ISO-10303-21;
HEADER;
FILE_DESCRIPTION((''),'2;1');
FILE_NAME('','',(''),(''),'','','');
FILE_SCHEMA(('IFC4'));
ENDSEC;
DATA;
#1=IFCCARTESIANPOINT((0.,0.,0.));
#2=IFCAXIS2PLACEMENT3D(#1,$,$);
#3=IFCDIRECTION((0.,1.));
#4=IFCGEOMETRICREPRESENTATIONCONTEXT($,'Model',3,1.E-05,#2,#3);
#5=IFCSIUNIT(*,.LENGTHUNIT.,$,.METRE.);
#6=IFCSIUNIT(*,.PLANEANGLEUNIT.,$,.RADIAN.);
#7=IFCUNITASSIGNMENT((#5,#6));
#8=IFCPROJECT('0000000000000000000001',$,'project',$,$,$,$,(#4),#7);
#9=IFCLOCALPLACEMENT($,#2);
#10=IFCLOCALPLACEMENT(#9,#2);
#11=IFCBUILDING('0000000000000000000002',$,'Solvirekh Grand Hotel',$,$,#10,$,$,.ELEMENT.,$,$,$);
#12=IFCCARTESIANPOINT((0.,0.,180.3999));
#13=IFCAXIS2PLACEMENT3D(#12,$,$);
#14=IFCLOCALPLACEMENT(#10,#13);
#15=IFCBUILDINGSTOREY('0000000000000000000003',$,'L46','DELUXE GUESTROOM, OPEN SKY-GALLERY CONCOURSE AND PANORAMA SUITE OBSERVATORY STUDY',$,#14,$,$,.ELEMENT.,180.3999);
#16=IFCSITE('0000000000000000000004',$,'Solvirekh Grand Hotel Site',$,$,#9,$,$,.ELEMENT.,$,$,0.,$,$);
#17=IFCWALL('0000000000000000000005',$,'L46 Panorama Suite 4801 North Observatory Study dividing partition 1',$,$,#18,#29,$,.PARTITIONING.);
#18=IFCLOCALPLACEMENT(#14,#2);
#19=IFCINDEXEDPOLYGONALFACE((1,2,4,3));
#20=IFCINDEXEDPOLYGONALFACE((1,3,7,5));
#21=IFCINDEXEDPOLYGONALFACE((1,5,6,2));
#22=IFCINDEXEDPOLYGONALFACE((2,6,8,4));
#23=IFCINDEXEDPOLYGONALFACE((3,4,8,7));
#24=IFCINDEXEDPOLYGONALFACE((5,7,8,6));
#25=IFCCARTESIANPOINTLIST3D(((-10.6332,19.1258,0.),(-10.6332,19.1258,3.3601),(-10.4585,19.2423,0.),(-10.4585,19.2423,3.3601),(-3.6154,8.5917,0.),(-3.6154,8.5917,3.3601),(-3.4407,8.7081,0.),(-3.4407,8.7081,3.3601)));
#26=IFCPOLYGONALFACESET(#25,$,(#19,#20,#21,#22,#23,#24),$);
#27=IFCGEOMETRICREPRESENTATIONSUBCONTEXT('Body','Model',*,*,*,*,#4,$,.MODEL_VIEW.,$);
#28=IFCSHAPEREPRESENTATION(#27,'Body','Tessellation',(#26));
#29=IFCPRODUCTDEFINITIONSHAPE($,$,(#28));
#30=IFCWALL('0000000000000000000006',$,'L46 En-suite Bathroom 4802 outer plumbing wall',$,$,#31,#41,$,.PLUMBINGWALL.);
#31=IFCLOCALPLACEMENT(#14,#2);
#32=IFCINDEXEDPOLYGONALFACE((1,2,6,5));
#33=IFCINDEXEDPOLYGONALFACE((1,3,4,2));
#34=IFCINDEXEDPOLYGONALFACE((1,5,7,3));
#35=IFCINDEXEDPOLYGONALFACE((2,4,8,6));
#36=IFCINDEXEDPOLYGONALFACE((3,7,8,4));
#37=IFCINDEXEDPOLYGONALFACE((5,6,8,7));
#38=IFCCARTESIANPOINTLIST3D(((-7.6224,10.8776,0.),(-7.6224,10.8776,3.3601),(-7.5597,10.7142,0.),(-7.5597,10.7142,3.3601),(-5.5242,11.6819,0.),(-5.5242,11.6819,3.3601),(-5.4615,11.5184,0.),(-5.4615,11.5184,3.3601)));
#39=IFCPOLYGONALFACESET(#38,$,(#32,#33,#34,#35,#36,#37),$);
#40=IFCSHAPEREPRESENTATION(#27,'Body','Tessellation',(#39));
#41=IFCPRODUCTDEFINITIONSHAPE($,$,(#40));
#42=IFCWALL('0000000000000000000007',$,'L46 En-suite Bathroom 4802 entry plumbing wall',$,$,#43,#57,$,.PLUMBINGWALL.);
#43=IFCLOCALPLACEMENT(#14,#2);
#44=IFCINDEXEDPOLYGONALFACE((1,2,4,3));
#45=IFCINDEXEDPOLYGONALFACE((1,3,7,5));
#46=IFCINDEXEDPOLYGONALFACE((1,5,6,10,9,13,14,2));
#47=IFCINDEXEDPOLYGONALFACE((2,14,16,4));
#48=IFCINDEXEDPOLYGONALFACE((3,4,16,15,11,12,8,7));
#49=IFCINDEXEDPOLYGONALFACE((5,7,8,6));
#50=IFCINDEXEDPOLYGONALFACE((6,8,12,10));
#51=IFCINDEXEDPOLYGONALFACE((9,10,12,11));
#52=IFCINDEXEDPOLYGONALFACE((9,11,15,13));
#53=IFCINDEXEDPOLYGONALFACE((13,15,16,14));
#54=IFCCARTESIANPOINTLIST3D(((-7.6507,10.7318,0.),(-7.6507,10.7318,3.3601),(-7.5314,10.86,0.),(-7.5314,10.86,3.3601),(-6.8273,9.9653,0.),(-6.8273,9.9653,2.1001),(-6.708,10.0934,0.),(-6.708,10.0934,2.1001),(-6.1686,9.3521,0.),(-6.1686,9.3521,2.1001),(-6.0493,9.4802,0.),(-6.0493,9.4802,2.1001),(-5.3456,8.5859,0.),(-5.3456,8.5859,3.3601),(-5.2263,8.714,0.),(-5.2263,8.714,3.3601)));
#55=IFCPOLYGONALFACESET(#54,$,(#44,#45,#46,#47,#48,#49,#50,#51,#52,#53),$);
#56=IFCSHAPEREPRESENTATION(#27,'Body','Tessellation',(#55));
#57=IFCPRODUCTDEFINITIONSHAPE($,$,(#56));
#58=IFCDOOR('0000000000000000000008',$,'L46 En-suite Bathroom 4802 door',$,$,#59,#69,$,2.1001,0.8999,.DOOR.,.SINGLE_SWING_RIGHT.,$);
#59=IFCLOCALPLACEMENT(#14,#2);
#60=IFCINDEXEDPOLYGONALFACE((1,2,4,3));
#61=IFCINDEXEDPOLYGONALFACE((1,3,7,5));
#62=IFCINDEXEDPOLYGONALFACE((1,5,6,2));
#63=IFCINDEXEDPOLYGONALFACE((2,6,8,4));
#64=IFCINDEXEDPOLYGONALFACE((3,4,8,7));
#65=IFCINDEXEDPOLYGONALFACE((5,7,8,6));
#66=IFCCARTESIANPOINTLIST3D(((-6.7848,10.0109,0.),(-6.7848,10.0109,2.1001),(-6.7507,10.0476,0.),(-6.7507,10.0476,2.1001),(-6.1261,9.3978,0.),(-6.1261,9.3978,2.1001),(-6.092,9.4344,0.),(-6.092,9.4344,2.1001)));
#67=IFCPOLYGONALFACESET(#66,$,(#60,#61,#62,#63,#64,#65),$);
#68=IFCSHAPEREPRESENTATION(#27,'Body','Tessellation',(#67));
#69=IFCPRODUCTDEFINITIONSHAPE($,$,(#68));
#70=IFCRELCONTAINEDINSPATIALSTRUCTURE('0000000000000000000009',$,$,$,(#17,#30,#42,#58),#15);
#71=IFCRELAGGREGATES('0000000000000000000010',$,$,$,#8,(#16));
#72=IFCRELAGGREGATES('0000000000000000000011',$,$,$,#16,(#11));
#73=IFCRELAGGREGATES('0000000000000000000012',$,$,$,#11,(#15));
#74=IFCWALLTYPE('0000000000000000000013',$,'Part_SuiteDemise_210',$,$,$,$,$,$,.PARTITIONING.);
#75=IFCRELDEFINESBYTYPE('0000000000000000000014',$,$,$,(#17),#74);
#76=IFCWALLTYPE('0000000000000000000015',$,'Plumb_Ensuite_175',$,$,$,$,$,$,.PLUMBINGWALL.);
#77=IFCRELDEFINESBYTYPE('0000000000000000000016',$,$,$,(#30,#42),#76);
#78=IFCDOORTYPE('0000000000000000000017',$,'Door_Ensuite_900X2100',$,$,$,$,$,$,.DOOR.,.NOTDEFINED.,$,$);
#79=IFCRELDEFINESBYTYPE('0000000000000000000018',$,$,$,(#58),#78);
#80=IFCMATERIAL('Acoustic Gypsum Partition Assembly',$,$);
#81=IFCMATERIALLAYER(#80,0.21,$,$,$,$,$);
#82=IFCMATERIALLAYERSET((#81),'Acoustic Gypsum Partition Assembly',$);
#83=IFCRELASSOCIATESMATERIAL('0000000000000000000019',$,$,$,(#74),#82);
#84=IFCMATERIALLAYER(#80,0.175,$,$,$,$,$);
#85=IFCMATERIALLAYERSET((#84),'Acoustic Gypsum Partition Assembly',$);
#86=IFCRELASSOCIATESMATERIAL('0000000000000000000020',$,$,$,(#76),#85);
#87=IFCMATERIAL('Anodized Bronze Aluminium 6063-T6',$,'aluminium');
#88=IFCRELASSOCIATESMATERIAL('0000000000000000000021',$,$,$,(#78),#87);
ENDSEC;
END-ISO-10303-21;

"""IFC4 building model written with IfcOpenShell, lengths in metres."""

from ifc_helpers import new_model, si_unit, direction, frame, frame_2d, origin, place, context, subcontext, project, spatial, rectangle, extrude, material, layer, layer_set, type_object, element, fill, save


model = new_model("IFC4")

# Units and contexts
model_context = context("Model", 3, precision=1e-05, world=origin(), true_north=direction((0.0, 1.0)))
body_context = subcontext(model_context, "Body", "Model", "MODEL_VIEW")
ifc_project = project(units=[si_unit("LENGTHUNIT", "METRE"), si_unit("PLANEANGLEUNIT", "RADIAN")], contexts=[model_context])

# Site, building, storey
site_placement = place(None, origin())
site = spatial("IfcSite", under=ifc_project, at=site_placement, Name="Solvirekh Grand Hotel Site", CompositionType="ELEMENT", RefElevation=0.0)
building_placement = place(site_placement, origin())
building = spatial("IfcBuilding", under=site, at=building_placement, Name="Solvirekh Grand Hotel", CompositionType="ELEMENT")
storey_placement = place(building_placement, frame((0.0, 0.0, 180.3999)))
storey = spatial("IfcBuildingStorey", under=building, at=storey_placement, Name="L46", Description="DELUXE GUESTROOM, OPEN SKY-GALLERY CONCOURSE AND PANORAMA SUITE OBSERVATORY STUDY", CompositionType="ELEMENT", Elevation=180.3999)

# Shared definitions
ifc_material_1 = material(Name="Anodized Bronze Aluminium 6063-T6", Category="aluminium")

# Walls
ifc_material_2 = material(Name="Acoustic Gypsum Partition Assembly")
ifc_layer_1 = layer(ifc_material_2, 0.21)
ifc_layer_set_1 = layer_set([ifc_layer_1], Name="Acoustic Gypsum Partition Assembly")
wall_type_1 = type_object("IfcWallType", Name="Part_SuiteDemise_210", PredefinedType="PARTITIONING", material=ifc_layer_set_1)
wall_1_placement = place(storey_placement, frame((-3.5281, 8.6499, 0.0), z_axis=(0.0, 0.0, 1.0), x_axis=(-0.554429, 0.832231, 0.0)))
element("IfcWall", 1, at=wall_1_placement, inside=storey, type_object=wall_type_1, Name="L46 Panorama Suite 4801 North Observatory Study dividing partition 1", PredefinedType="PARTITIONING", context=body_context, shape_type="SweptSolid", body=[
    extrude(rectangle(XDim=12.6577, YDim=0.21, at=frame_2d((6.3289, 0.0))), origin(), (0.0, 0.0, 1.0), 3.3601),
])
ifc_layer_2 = layer(ifc_material_2, 0.175)
ifc_layer_set_2 = layer_set([ifc_layer_2], Name="Acoustic Gypsum Partition Assembly")
wall_type_2 = type_object("IfcWallType", Name="Plumb_Ensuite_175", PredefinedType="PLUMBINGWALL", material=ifc_layer_set_2)
wall_2_placement = place(storey_placement, frame((-7.5911, 10.7959, 0.0), z_axis=(0.0, 0.0, 1.0), x_axis=(0.933759, 0.357901, 0.0)))
element("IfcWall", 2, at=wall_2_placement, inside=storey, type_object=wall_type_2, Name="L46 En-suite Bathroom 4802 outer plumbing wall", PredefinedType="PLUMBINGWALL", context=body_context, shape_type="SweptSolid", body=[
    extrude(rectangle(XDim=2.2471, YDim=0.175, at=frame_2d((1.1235, 0.0))), origin(), (0.0, 0.0, 1.0), 3.3601),
])

# Wall, opening, door
wall_3_placement = place(storey_placement, frame((-7.5911, 10.7959, 0.0), z_axis=(0.0, 0.0, 1.0), x_axis=(0.731926, -0.681384, 0.0)))
wall_3 = element("IfcWall", 3, at=wall_3_placement, inside=storey, type_object=wall_type_2, Name="L46 En-suite Bathroom 4802 entry plumbing wall", PredefinedType="PLUMBINGWALL", context=body_context, shape_type="SweptSolid", body=[
    extrude(rectangle(XDim=3.1494, YDim=0.175, at=frame_2d((1.5747, 0.0))), origin(), (0.0, 0.0, 1.0), 3.3601),
])
opening_1_placement = place(wall_3_placement, frame((1.125, 0.0, 0.0)))
opening_1 = element("IfcOpeningElement", 4, at=opening_1_placement, cuts=wall_3, PredefinedType="OPENING", context=body_context, shape_type="SweptSolid", body=[
    extrude(rectangle(XDim=0.8999, YDim=2.1001, at=frame_2d((0.45, 1.05))), frame((0.0, 0.0977, 0.0), z_axis=(0.0, -1.0, 0.0), x_axis=(1.0, 0.0, 0.0)), (0.0, 0.0, 1.0), 0.1951),
])
door_type = type_object("IfcDoorType", Name="Door_Ensuite_900X2100", OperationType="NOTDEFINED", PredefinedType="DOOR", material=ifc_material_1)
door_placement = place(opening_1_placement, origin())
door = element("IfcDoor", 5, at=door_placement, inside=storey, type_object=door_type, Name="L46 En-suite Bathroom 4802 door", OperationType="SINGLE_SWING_RIGHT", OverallHeight=2.1001, OverallWidth=0.8999, PredefinedType="DOOR", context=body_context, shape_type="SweptSolid", body=[
    extrude(rectangle(XDim=0.8999, YDim=2.1001, at=frame_2d((0.45, 1.05))), frame((0.0, 0.0249, 0.0), z_axis=(0.0, -1.0, 0.0), x_axis=(1.0, 0.0, 0.0)), (0.0, 0.0, 1.0), 0.05),
])
fill(opening_1, door)

save(model, "model.ifc")
